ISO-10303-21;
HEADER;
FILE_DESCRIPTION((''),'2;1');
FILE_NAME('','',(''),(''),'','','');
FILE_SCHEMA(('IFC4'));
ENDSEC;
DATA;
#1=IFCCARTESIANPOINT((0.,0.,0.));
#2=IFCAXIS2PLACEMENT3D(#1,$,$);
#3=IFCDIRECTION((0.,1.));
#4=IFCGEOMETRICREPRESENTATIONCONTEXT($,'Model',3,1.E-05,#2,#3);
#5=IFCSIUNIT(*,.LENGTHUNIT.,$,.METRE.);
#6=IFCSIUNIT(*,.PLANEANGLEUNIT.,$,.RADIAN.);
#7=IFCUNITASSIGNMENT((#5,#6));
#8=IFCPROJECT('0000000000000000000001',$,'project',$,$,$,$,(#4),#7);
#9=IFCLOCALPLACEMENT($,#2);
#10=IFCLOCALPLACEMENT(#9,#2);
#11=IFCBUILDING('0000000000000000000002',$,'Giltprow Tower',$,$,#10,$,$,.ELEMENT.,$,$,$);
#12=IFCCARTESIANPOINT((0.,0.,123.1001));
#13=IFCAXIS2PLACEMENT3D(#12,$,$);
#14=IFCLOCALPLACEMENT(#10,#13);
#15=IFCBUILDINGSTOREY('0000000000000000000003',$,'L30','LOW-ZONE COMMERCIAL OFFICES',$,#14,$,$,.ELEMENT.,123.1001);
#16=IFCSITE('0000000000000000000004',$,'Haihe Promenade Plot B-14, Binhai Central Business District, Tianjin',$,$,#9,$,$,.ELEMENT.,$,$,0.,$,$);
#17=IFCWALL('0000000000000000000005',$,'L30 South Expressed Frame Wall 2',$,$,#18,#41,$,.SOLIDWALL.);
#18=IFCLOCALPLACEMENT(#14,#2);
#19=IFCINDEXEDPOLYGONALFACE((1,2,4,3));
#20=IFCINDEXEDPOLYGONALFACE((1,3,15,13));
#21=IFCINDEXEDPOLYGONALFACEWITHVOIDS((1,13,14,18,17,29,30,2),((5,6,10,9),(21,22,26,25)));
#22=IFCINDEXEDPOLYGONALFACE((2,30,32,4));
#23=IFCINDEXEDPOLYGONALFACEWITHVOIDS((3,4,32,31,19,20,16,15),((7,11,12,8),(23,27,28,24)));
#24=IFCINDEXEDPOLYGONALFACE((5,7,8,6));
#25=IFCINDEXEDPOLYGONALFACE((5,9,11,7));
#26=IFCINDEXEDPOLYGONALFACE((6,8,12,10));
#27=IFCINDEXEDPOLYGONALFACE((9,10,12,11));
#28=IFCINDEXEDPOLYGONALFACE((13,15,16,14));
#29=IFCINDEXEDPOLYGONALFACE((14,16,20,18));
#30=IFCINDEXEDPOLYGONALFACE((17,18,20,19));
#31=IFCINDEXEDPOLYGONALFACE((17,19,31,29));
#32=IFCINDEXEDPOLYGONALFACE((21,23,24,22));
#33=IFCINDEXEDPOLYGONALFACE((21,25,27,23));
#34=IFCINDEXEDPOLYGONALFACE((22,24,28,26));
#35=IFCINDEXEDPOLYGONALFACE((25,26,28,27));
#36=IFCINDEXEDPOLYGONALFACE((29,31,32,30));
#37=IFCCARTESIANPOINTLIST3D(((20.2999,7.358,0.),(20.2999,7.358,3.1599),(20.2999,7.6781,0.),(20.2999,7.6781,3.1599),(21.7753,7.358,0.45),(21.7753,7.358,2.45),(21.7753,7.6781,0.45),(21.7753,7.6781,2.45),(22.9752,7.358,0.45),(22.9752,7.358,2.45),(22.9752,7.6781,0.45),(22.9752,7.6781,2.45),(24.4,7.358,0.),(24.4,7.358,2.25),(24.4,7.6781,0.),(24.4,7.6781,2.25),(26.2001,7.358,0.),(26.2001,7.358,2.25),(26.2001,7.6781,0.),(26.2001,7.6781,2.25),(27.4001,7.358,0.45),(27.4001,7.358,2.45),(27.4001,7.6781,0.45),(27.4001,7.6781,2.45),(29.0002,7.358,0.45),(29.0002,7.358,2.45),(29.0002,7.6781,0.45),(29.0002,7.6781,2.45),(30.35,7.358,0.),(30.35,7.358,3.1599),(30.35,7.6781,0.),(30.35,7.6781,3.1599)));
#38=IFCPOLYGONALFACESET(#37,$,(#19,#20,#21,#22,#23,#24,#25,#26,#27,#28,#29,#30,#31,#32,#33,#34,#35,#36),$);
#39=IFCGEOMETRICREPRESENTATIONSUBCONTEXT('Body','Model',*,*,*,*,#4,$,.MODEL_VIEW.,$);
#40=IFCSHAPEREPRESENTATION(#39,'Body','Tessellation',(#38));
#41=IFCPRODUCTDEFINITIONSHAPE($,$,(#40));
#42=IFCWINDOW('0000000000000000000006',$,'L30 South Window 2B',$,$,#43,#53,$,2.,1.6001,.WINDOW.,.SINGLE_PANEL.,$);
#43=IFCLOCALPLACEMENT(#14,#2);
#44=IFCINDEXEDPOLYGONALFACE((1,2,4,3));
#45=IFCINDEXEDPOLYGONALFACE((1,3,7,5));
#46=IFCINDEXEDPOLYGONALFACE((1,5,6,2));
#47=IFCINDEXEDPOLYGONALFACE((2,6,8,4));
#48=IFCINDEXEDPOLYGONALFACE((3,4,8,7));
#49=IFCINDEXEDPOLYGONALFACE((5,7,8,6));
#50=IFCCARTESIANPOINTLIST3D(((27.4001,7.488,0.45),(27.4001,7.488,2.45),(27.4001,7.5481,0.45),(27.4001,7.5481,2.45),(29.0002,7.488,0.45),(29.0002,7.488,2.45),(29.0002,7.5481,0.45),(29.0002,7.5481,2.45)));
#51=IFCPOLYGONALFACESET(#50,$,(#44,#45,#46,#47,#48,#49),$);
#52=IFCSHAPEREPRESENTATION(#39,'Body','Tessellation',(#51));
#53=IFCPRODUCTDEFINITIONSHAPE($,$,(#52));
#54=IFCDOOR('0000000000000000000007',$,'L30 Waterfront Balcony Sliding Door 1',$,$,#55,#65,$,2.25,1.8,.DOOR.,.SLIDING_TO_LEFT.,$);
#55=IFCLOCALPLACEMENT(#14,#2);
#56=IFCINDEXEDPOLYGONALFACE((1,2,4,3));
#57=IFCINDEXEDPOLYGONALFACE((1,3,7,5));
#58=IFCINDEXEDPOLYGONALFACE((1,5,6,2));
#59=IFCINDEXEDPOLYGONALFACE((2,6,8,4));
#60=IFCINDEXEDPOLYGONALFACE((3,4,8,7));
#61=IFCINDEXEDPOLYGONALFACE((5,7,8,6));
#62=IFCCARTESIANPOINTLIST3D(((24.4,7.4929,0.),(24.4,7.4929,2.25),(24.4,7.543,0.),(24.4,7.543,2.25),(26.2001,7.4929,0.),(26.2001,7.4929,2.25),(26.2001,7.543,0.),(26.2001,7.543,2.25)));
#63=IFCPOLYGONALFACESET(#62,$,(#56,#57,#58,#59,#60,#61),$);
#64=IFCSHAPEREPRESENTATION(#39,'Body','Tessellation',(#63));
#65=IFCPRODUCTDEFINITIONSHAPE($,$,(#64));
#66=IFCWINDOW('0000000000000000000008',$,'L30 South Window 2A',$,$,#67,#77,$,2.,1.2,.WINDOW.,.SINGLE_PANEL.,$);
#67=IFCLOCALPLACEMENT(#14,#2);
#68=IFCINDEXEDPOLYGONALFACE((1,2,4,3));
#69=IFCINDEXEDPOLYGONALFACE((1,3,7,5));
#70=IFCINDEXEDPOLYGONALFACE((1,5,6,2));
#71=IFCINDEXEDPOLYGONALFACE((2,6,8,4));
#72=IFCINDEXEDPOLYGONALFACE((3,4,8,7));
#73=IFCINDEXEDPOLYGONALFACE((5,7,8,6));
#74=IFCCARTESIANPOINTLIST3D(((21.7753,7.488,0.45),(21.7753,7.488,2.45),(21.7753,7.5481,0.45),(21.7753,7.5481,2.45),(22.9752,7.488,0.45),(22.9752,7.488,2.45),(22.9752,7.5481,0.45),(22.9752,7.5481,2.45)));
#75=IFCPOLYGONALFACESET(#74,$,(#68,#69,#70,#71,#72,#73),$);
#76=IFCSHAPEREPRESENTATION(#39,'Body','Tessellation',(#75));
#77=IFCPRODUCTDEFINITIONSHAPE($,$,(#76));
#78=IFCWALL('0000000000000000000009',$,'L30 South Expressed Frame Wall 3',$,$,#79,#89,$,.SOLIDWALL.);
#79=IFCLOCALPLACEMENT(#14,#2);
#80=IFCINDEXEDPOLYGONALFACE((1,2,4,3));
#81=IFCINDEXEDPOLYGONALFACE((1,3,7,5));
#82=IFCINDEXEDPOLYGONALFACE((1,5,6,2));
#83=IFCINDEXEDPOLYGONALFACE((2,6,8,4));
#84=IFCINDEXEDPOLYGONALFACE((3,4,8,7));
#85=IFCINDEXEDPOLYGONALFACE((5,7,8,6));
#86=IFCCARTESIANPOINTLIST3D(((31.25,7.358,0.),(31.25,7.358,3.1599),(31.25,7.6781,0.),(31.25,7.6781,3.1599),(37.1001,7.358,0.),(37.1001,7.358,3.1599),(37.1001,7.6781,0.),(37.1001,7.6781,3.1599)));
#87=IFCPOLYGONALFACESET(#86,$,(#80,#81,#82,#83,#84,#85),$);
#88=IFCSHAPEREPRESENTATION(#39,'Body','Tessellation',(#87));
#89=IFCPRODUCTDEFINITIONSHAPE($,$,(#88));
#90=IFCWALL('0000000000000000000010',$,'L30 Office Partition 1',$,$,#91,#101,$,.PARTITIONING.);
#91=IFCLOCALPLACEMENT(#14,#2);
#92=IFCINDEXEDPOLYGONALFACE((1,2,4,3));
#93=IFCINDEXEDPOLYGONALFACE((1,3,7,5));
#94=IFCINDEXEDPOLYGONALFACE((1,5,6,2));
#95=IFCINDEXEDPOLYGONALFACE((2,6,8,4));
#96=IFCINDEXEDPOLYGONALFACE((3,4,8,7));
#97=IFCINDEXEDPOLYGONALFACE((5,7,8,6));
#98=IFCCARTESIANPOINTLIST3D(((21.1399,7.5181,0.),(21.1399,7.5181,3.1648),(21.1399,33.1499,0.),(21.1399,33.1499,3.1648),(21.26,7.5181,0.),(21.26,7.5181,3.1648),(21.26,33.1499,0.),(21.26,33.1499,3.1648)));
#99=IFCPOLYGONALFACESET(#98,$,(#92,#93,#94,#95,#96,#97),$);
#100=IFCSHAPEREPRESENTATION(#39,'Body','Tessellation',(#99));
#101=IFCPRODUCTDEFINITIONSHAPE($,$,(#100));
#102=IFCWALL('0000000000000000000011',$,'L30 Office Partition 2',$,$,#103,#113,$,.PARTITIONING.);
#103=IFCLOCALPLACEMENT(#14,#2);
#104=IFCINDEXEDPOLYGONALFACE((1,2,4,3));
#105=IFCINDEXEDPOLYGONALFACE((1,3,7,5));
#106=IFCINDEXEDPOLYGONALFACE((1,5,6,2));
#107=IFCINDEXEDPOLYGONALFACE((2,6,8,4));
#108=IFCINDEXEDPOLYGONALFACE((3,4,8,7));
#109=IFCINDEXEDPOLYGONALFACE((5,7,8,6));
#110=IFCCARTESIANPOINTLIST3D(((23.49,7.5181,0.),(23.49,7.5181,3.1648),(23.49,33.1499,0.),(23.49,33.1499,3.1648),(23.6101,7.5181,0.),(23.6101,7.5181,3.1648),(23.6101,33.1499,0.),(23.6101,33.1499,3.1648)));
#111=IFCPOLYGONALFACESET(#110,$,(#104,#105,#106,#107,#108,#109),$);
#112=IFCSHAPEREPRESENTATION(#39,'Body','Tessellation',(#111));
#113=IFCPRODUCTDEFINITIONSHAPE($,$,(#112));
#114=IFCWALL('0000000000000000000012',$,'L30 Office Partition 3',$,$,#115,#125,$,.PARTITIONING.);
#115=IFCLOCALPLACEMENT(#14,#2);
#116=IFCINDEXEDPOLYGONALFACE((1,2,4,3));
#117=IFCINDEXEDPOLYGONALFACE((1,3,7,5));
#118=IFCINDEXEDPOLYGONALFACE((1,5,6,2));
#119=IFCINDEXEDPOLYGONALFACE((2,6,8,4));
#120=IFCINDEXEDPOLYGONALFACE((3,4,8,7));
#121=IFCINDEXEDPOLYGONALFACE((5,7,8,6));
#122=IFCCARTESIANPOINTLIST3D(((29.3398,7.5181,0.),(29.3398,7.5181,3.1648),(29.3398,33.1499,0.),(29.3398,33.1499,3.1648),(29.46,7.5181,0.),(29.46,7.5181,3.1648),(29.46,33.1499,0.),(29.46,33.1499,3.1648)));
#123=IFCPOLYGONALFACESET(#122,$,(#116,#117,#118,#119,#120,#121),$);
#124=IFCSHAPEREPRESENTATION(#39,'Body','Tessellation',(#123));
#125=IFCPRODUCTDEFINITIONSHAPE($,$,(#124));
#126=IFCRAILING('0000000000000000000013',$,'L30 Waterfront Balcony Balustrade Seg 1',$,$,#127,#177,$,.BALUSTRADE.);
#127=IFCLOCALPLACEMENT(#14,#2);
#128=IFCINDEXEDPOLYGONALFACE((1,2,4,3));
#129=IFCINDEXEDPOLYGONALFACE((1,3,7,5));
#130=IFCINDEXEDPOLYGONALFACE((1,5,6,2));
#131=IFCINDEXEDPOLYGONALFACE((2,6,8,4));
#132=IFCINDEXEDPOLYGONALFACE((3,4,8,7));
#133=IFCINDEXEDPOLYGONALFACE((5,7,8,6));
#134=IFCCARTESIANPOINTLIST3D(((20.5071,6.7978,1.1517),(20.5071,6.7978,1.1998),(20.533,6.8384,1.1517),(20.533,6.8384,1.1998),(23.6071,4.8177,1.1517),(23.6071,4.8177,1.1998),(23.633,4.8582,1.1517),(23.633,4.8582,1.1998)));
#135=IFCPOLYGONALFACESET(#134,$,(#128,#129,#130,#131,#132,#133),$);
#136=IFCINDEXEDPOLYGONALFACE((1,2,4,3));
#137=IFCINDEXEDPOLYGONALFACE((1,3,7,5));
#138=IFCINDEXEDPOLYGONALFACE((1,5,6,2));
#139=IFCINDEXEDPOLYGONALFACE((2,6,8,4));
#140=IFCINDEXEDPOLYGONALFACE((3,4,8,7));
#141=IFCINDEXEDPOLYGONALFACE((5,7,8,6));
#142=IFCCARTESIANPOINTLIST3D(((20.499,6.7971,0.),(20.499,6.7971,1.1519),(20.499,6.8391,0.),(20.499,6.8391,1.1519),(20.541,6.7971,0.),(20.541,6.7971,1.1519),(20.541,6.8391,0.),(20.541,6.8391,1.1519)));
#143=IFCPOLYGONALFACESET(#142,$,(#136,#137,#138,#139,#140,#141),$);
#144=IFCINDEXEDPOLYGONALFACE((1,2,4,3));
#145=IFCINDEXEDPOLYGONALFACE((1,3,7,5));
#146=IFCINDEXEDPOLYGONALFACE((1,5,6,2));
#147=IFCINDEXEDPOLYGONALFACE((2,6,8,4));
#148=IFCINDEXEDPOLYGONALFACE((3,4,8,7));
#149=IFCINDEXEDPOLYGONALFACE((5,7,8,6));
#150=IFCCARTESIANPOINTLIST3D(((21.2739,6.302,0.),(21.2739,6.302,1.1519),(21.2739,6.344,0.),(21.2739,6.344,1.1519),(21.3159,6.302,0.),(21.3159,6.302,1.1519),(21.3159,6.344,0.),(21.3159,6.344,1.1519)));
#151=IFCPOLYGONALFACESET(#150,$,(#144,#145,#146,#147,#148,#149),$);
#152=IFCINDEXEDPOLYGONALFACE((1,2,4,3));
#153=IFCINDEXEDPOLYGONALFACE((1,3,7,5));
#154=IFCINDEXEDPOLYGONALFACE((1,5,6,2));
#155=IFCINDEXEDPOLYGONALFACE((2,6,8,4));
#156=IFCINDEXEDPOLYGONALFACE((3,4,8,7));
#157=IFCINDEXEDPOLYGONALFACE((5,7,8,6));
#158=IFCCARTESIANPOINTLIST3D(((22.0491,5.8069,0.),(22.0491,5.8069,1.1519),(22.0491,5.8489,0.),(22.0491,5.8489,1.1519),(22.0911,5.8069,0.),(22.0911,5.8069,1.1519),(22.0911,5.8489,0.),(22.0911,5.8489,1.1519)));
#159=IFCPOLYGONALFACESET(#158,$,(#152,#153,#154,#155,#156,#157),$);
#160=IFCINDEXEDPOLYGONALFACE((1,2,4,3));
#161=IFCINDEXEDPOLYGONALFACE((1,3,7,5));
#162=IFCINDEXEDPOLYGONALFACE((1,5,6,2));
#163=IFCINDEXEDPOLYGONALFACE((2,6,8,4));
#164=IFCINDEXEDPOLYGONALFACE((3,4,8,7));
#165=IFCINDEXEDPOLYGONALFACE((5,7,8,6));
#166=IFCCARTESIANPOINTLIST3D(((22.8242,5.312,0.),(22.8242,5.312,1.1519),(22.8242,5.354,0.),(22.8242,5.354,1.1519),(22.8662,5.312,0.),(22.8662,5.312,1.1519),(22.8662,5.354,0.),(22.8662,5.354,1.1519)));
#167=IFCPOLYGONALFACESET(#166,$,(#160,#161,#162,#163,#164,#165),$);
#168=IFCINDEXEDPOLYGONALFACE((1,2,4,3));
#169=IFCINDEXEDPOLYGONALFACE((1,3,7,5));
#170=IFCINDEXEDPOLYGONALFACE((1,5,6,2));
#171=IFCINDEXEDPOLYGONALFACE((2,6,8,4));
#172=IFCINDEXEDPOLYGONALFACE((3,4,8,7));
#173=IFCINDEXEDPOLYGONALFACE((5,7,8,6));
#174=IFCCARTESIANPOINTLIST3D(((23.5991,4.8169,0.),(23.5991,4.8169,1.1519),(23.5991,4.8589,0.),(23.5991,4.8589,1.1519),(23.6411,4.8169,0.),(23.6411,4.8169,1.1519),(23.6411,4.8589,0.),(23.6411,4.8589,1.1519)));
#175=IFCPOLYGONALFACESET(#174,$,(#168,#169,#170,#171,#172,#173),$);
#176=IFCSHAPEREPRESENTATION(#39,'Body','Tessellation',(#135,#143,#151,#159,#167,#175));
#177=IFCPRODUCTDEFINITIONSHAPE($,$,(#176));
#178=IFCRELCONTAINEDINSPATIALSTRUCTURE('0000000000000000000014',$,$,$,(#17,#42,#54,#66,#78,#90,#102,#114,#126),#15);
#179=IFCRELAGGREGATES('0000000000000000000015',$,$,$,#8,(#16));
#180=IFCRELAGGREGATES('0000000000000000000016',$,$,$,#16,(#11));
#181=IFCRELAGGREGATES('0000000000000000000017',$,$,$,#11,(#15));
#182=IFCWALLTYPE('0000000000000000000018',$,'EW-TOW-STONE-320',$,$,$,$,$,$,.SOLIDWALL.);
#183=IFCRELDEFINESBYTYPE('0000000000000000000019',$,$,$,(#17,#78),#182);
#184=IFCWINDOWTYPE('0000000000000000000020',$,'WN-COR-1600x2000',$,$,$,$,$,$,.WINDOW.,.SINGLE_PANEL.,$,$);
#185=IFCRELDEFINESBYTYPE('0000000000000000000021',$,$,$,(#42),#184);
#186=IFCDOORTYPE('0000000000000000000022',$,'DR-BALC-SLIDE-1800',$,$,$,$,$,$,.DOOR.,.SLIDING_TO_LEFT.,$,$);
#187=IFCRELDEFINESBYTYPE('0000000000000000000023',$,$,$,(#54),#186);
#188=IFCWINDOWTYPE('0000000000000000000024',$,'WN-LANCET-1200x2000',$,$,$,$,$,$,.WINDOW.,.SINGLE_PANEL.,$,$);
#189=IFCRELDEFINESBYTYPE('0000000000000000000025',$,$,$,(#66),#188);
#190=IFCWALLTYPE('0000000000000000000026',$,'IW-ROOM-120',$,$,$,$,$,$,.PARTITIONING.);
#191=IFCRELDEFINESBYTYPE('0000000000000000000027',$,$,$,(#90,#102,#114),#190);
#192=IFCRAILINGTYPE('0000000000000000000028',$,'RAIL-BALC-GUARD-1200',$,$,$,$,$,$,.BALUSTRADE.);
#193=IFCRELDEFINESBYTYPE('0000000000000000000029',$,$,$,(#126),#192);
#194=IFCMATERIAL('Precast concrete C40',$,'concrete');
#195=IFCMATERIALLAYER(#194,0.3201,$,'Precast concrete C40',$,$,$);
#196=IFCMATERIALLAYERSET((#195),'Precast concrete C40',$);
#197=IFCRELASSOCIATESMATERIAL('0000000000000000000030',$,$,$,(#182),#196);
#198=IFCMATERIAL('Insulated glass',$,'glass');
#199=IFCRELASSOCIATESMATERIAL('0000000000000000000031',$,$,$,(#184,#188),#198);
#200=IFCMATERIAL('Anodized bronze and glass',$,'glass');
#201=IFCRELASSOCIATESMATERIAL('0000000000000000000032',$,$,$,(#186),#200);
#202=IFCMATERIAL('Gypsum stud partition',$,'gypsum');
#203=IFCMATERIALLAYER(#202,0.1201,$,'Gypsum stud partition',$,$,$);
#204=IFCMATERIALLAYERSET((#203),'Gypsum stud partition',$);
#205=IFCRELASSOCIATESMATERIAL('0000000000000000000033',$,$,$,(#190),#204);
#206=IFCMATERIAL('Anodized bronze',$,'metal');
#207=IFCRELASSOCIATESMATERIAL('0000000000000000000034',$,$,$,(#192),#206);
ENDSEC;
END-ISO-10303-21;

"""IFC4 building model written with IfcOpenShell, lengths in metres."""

from ifc_helpers import new_model, si_unit, direction, frame, frame_2d, origin, origin_2d, place, context, subcontext, project, spatial, rectangle, extrude, source, transform, mapped, material, layer, layer_set, type_object, element, fill, save


model = new_model("IFC4")

# Units and contexts
model_context = context("Model", 3, precision=1e-05, world=origin(), true_north=direction((0.0, 1.0)))
body_context = subcontext(model_context, "Body", "Model", "MODEL_VIEW")
ifc_project = project(units=[si_unit("LENGTHUNIT", "METRE"), si_unit("PLANEANGLEUNIT", "RADIAN")], contexts=[model_context])

# Site, building, storey
site_placement = place(None, origin())
site = spatial("IfcSite", under=ifc_project, at=site_placement, Name="Haihe Promenade Plot B-14, Binhai Central Business District, Tianjin", CompositionType="ELEMENT", RefElevation=0.0)
building_placement = place(site_placement, origin())
building = spatial("IfcBuilding", under=site, at=building_placement, Name="Giltprow Tower", CompositionType="ELEMENT")
storey_placement = place(building_placement, frame((0.0, 0.0, 123.1001)))
storey = spatial("IfcBuildingStorey", under=building, at=storey_placement, Name="L30", Description="LOW-ZONE COMMERCIAL OFFICES", CompositionType="ELEMENT", Elevation=123.1001)

# Wall, openings, windows, door
ifc_material_1 = material(Name="Precast concrete C40", Category="concrete")
ifc_layer_1 = layer(ifc_material_1, 0.3201, Name="Precast concrete C40")
ifc_layer_set_1 = layer_set([ifc_layer_1], Name="Precast concrete C40")
wall_type_1 = type_object("IfcWallType", Name="EW-TOW-STONE-320", PredefinedType="SOLIDWALL", material=ifc_layer_set_1)
wall_1_placement = place(storey_placement, frame((20.3, 7.5181, 0.0), z_axis=(0.0, 0.0, 1.0), x_axis=(1.0, 0.0, 0.0)))
wall_1 = element("IfcWall", 1, at=wall_1_placement, inside=storey, type_object=wall_type_1, Name="L30 South Expressed Frame Wall 2", PredefinedType="SOLIDWALL", context=body_context, shape_type="SweptSolid", body=[
    extrude(rectangle(XDim=10.05, YDim=0.3201, at=frame_2d((5.0249, 0.0))), origin(), (0.0, 0.0, 1.0), 3.1599),
])
opening_1_placement = place(wall_1_placement, frame((4.1001, 0.0, 0.0)))
opening_1 = element("IfcOpeningElement", 2, at=opening_1_placement, cuts=wall_1, PredefinedType="OPENING", context=body_context, shape_type="SweptSolid", body=[
    extrude(rectangle(XDim=1.8, YDim=2.25, at=frame_2d((0.8999, 1.125))), frame((0.0, 0.1699, 0.0), z_axis=(0.0, -1.0, 0.0), x_axis=(1.0, 0.0, 0.0)), (0.0, 0.0, 1.0), 0.3401),
])
opening_2_placement = place(wall_1_placement, frame((1.4751, 0.0, 0.45)))
opening_2 = element("IfcOpeningElement", 3, at=opening_2_placement, cuts=wall_1, PredefinedType="OPENING", context=body_context, shape_type="SweptSolid", body=[
    extrude(rectangle(XDim=1.2, YDim=2.0, at=frame_2d((0.6001, 1.0))), frame((0.0, 0.1699, 0.0), z_axis=(0.0, -1.0, 0.0), x_axis=(1.0, 0.0, 0.0)), (0.0, 0.0, 1.0), 0.3401),
])
opening_3_placement = place(wall_1_placement, frame((7.1001, 0.0, 0.45)))
opening_3 = element("IfcOpeningElement", 4, at=opening_3_placement, cuts=wall_1, PredefinedType="OPENING", context=body_context, shape_type="SweptSolid", body=[
    extrude(rectangle(XDim=1.6001, YDim=2.0, at=frame_2d((0.8, 1.0))), frame((0.0, 0.1699, 0.0), z_axis=(0.0, -1.0, 0.0), x_axis=(1.0, 0.0, 0.0)), (0.0, 0.0, 1.0), 0.3401),
])
ifc_material_2 = material(Name="Insulated glass", Category="glass")
window_type_1 = type_object("IfcWindowType", Name="WN-COR-1600x2000", PartitioningType="SINGLE_PANEL", PredefinedType="WINDOW", material=ifc_material_2)
shared_shape_1 = source(origin(), body_context, "Body", "SweptSolid", [
    extrude(rectangle(XDim=1.6001, YDim=2.0, at=frame_2d((0.8, 1.0))), frame((0.0, 0.03, 0.0), z_axis=(0.0, -1.0, 0.0), x_axis=(1.0, 0.0, 0.0)), (0.0, 0.0, 1.0), 0.0601),
])
window_1_placement = place(opening_3_placement, origin())
window_1 = element("IfcWindow", 5, at=window_1_placement, inside=storey, type_object=window_type_1, Name="L30 South Window 2B", OverallHeight=2.0, OverallWidth=1.6001, PartitioningType="SINGLE_PANEL", PredefinedType="WINDOW", context=body_context, shape_type="MappedRepresentation", body=[
    mapped(shared_shape_1, transform((0.0, 0.0, 0.0), x_axis=(1.0, 0.0, 0.0), y_axis=(0.0, 1.0, 0.0), z_axis=(0.0, 0.0, 1.0), scale=1.0)),
])
fill(opening_3, window_1)
ifc_material_3 = material(Name="Anodized bronze and glass", Category="glass")
door_type = type_object("IfcDoorType", Name="DR-BALC-SLIDE-1800", OperationType="SLIDING_TO_LEFT", PredefinedType="DOOR", material=ifc_material_3)
shared_shape_2 = source(origin(), body_context, "Body", "SweptSolid", [
    extrude(rectangle(XDim=1.8, YDim=2.25, at=frame_2d((0.8999, 1.125))), frame((0.0, 0.0249, 0.0), z_axis=(0.0, -1.0, 0.0), x_axis=(1.0, 0.0, 0.0)), (0.0, 0.0, 1.0), 0.05),
])
door_placement = place(opening_1_placement, origin())
door = element("IfcDoor", 6, at=door_placement, inside=storey, type_object=door_type, Name="L30 Waterfront Balcony Sliding Door 1", OperationType="SLIDING_TO_LEFT", OverallHeight=2.25, OverallWidth=1.8, PredefinedType="DOOR", context=body_context, shape_type="MappedRepresentation", body=[
    mapped(shared_shape_2, transform((0.0, 0.0, 0.0), x_axis=(1.0, 0.0, 0.0), y_axis=(0.0, 1.0, 0.0), z_axis=(0.0, 0.0, 1.0), scale=1.0)),
])
fill(opening_1, door)
window_type_2 = type_object("IfcWindowType", Name="WN-LANCET-1200x2000", PartitioningType="SINGLE_PANEL", PredefinedType="WINDOW", material=ifc_material_2)
shared_shape_3 = source(origin(), body_context, "Body", "SweptSolid", [
    extrude(rectangle(XDim=1.2, YDim=2.0, at=frame_2d((0.6001, 1.0))), frame((0.0, 0.03, 0.0), z_axis=(0.0, -1.0, 0.0), x_axis=(1.0, 0.0, 0.0)), (0.0, 0.0, 1.0), 0.0601),
])
window_2_placement = place(opening_2_placement, origin())
window_2 = element("IfcWindow", 7, at=window_2_placement, inside=storey, type_object=window_type_2, Name="L30 South Window 2A", OverallHeight=2.0, OverallWidth=1.2, PartitioningType="SINGLE_PANEL", PredefinedType="WINDOW", context=body_context, shape_type="MappedRepresentation", body=[
    mapped(shared_shape_3, transform((0.0, 0.0, 0.0), x_axis=(1.0, 0.0, 0.0), y_axis=(0.0, 1.0, 0.0), z_axis=(0.0, 0.0, 1.0), scale=1.0)),
])
fill(opening_2, window_2)

# Walls
wall_2_placement = place(storey_placement, frame((31.25, 7.5181, 0.0), z_axis=(0.0, 0.0, 1.0), x_axis=(1.0, 0.0, 0.0)))
element("IfcWall", 8, at=wall_2_placement, inside=storey, type_object=wall_type_1, Name="L30 South Expressed Frame Wall 3", PredefinedType="SOLIDWALL", context=body_context, shape_type="SweptSolid", body=[
    extrude(rectangle(XDim=5.8501, YDim=0.3201, at=frame_2d((2.925, 0.0))), origin(), (0.0, 0.0, 1.0), 3.1599),
])
ifc_material_4 = material(Name="Gypsum stud partition", Category="gypsum")
ifc_layer_2 = layer(ifc_material_4, 0.1201, Name="Gypsum stud partition")
ifc_layer_set_2 = layer_set([ifc_layer_2], Name="Gypsum stud partition")
wall_type_2 = type_object("IfcWallType", Name="IW-ROOM-120", PredefinedType="PARTITIONING", material=ifc_layer_set_2)
for number, where, z_axis, x_axis, name in (
    (9, (21.2, 7.5181, 0.0), (0.0, 0.0, 1.0), (0.0, 1.0, 0.0), "L30 Office Partition 1"),
    (10, (23.55, 7.5181, 0.0), (0.0, 0.0, 1.0), (0.0, 1.0, 0.0), "L30 Office Partition 2"),
    (11, (29.3999, 7.5181, 0.0), (0.0, 0.0, 1.0), (0.0, 1.0, 0.0), "L30 Office Partition 3"),
):
    element("IfcWall", number, at=place(storey_placement, frame(where, z_axis=z_axis, x_axis=x_axis)), inside=storey, type_object=wall_type_2, Name=name, PredefinedType="PARTITIONING", context=body_context, shape_type="SweptSolid", body=[
        extrude(rectangle(XDim=25.6318, YDim=0.1201, at=frame_2d((12.8159, 0.0))), origin(), (0.0, 0.0, 1.0), 3.1648),
    ])

# Railing
ifc_material_5 = material(Name="Anodized bronze", Category="metal")
railing_type = type_object("IfcRailingType", Name="RAIL-BALC-GUARD-1200", PredefinedType="BALUSTRADE", material=ifc_material_5)
railing_1_placement = place(storey_placement, frame((20.52, 6.8181, 0.0)))
element("IfcRailing", 12, at=railing_1_placement, inside=storey, type_object=railing_type, Name="L30 Waterfront Balcony Balustrade Seg 1", PredefinedType="BALUSTRADE", context=body_context, shape_type="SweptSolid", body=[
    extrude(rectangle(XDim=0.0481, YDim=0.0481, at=origin_2d()), frame((0.0, 0.0, 1.1758), z_axis=(0.842745, -0.538313, 0.0), x_axis=(0.538313, 0.842745, 0.0)), (0.0, 0.0, 1.0), 3.6785),
    extrude(rectangle(XDim=0.042, YDim=0.042, at=origin_2d()), origin(), (0.0, 0.0, 1.0), 1.1519),
    extrude(rectangle(XDim=0.042, YDim=0.042, at=origin_2d()), frame((0.7749, -0.4951, 0.0)), (0.0, 0.0, 1.0), 1.1519),
    extrude(rectangle(XDim=0.042, YDim=0.042, at=origin_2d()), frame((1.55, -0.9902, 0.0)), (0.0, 0.0, 1.0), 1.1519),
    extrude(rectangle(XDim=0.042, YDim=0.042, at=origin_2d()), frame((2.3252, -1.4851, 0.0)), (0.0, 0.0, 1.0), 1.1519),
    extrude(rectangle(XDim=0.042, YDim=0.042, at=origin_2d()), frame((3.1001, -1.9802, 0.0)), (0.0, 0.0, 1.0), 1.1519),
])

save(model, "model.ifc")
